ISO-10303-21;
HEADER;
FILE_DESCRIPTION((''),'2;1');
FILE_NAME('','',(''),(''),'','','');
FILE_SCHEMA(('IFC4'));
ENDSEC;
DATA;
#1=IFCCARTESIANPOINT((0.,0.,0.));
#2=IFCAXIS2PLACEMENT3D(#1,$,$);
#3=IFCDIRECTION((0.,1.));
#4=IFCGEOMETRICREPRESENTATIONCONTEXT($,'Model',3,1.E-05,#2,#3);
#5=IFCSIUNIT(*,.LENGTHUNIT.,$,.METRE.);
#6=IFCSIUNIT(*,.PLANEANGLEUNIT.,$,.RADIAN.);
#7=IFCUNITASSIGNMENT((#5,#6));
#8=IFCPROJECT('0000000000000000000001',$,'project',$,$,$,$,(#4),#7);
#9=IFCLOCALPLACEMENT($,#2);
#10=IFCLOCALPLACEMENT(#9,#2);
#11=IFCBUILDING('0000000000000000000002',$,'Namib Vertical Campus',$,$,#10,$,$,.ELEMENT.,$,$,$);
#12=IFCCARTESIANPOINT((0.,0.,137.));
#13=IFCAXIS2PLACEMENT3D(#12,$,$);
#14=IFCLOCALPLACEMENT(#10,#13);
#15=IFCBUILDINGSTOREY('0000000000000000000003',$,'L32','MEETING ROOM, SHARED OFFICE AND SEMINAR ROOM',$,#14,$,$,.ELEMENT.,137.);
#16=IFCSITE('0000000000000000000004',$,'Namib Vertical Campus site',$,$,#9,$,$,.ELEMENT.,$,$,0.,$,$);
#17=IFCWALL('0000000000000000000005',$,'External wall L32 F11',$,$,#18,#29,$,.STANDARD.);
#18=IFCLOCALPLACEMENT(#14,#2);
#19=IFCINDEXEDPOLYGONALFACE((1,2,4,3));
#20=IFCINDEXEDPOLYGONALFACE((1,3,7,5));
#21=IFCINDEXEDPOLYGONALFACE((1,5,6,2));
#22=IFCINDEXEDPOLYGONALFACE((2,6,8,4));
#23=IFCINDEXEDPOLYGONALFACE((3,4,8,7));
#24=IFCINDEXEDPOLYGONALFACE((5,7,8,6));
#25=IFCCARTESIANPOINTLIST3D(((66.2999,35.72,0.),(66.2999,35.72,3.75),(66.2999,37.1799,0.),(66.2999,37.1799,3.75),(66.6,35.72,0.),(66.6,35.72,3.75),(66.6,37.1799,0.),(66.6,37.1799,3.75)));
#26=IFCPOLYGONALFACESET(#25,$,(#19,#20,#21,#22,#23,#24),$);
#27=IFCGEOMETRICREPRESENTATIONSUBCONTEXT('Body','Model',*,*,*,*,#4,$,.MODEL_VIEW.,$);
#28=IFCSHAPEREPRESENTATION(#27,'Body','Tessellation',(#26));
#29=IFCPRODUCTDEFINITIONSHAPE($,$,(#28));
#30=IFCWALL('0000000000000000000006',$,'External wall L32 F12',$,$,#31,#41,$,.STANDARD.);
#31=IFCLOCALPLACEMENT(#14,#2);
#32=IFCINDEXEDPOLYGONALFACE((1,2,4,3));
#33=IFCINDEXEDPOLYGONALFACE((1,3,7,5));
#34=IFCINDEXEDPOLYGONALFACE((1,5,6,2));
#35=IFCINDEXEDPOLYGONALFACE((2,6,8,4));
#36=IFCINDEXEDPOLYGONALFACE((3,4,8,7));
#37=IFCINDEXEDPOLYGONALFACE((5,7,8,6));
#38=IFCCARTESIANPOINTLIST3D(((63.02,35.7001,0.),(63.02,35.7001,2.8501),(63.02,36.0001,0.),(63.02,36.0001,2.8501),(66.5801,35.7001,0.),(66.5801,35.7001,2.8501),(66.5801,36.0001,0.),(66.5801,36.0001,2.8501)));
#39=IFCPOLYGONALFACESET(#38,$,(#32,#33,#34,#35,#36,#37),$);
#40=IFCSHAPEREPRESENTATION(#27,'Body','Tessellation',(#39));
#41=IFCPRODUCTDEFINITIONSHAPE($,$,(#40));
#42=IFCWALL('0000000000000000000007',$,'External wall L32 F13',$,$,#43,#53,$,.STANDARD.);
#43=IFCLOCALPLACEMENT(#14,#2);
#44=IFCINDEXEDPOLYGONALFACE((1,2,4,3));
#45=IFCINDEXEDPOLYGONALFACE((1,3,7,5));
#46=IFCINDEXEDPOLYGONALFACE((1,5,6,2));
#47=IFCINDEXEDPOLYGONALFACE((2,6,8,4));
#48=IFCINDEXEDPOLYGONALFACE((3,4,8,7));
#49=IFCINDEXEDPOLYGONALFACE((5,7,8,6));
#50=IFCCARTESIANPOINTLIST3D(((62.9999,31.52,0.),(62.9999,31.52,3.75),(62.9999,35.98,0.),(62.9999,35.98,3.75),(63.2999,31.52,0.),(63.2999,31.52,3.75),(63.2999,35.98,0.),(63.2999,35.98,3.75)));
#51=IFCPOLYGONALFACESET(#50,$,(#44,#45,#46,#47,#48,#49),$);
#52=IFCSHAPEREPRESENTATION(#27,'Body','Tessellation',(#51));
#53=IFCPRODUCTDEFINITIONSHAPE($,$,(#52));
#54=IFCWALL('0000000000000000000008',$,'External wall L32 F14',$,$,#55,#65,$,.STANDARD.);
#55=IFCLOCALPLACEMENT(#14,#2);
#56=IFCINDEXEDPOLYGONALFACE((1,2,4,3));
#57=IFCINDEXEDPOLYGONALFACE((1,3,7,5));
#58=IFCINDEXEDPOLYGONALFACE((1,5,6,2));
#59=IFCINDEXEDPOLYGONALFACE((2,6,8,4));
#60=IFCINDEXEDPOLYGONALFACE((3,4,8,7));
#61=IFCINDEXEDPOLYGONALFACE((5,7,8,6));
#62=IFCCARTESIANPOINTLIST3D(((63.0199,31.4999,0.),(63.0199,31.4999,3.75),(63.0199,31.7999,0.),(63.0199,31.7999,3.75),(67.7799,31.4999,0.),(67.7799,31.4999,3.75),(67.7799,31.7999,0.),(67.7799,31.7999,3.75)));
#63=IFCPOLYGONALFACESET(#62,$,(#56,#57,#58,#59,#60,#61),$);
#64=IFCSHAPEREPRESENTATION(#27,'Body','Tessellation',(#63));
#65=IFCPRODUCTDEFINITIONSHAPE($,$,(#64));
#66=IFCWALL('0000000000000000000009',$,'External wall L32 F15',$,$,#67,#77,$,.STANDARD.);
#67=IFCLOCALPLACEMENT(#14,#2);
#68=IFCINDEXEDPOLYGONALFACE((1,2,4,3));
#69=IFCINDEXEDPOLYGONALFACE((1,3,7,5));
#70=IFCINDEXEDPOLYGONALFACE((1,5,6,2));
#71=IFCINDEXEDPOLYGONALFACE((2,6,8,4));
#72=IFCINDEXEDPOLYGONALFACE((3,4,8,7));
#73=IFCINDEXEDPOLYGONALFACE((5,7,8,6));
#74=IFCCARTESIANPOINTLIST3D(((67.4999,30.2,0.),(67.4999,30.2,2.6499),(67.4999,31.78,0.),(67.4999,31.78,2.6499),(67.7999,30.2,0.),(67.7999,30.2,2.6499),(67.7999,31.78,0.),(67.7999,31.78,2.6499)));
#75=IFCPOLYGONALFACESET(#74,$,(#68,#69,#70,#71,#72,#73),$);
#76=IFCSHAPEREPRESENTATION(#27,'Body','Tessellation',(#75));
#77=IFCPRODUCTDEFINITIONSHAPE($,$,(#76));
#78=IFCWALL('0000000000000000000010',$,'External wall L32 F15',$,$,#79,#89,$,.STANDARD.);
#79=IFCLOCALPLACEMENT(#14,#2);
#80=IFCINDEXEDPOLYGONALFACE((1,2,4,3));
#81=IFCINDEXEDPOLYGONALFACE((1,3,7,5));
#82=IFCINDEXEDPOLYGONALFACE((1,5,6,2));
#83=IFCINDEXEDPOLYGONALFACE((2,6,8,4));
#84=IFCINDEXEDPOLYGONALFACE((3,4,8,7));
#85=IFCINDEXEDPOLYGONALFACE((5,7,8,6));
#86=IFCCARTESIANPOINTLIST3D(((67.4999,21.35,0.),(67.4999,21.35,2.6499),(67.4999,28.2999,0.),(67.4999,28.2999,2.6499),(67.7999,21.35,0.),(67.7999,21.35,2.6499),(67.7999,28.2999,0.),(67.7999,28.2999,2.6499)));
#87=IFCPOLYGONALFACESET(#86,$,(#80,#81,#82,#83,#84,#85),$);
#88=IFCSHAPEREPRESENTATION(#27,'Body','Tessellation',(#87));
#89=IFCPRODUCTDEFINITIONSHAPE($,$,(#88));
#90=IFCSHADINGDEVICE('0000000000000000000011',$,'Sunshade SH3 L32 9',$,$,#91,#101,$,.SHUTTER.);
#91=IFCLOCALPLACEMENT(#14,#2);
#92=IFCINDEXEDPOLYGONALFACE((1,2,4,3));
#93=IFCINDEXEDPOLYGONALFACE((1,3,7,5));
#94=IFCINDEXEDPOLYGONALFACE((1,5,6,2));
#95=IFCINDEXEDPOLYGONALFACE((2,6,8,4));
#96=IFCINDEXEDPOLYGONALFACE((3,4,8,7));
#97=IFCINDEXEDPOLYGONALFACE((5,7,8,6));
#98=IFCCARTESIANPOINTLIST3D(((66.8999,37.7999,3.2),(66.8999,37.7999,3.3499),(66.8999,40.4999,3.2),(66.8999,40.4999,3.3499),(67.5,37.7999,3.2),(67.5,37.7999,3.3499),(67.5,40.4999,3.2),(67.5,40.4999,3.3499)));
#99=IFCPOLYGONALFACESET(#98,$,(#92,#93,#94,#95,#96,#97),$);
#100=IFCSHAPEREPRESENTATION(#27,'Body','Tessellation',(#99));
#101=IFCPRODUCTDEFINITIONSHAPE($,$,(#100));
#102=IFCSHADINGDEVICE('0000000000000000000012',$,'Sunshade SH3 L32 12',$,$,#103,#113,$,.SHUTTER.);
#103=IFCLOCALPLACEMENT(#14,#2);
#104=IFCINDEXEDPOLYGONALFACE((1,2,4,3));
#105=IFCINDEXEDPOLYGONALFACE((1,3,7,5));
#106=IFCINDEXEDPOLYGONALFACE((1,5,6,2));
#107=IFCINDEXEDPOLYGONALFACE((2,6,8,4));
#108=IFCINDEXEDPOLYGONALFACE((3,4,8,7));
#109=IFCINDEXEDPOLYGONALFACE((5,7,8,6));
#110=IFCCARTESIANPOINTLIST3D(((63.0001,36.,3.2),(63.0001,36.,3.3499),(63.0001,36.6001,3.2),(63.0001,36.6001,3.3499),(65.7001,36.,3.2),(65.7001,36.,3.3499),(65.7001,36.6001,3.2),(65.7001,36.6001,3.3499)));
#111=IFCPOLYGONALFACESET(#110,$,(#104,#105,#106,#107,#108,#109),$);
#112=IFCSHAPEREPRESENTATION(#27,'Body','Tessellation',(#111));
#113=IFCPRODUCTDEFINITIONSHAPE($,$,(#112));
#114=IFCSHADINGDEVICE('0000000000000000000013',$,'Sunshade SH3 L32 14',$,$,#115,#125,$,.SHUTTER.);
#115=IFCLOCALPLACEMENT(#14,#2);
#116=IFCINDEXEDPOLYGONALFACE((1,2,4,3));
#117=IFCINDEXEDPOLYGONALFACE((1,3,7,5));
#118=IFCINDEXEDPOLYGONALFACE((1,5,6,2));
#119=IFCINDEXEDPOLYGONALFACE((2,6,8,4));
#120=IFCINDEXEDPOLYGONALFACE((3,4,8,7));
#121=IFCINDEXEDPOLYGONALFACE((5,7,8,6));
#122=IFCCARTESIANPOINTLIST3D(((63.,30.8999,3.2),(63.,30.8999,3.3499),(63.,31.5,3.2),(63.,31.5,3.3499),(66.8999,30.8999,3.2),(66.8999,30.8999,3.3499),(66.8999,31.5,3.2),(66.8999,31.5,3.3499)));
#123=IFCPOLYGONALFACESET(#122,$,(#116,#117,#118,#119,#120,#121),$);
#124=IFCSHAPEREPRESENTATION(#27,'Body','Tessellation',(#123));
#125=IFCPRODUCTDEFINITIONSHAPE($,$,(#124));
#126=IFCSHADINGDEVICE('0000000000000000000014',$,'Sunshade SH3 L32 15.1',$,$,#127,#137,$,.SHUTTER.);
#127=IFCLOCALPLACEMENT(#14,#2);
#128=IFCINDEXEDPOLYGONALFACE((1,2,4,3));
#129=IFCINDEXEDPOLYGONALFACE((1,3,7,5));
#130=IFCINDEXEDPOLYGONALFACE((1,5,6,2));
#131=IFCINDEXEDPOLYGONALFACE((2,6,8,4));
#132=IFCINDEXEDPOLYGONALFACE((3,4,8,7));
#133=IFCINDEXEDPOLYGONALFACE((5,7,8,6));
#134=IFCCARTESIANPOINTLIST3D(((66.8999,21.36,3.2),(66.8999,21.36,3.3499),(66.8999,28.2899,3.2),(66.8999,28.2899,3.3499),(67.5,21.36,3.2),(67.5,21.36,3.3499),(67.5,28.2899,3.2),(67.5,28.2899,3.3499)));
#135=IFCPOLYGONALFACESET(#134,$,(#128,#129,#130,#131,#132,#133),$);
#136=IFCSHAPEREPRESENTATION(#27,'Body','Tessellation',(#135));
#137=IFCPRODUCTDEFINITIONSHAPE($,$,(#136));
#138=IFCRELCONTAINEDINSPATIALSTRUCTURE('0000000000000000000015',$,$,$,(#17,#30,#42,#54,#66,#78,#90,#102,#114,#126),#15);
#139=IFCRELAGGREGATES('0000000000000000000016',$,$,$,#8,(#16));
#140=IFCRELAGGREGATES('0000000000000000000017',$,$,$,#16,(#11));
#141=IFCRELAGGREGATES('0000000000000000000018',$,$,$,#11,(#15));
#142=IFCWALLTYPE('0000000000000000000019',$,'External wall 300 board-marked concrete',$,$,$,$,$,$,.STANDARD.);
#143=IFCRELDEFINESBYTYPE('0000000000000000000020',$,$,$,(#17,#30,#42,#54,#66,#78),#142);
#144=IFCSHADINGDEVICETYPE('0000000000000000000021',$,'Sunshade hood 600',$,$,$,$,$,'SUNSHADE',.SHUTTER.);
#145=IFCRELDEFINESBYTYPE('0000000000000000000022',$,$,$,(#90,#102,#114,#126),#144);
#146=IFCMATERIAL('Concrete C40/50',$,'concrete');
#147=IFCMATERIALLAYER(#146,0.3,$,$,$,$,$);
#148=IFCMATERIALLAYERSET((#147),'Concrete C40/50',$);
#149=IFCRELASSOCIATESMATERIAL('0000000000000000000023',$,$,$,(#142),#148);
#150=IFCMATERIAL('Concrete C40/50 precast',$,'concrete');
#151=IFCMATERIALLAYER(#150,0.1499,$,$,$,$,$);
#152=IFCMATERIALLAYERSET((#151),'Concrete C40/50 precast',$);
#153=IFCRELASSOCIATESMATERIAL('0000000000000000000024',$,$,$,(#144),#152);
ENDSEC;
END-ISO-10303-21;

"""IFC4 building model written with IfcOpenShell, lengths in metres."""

from ifc_helpers import new_model, si_unit, direction, frame, frame_2d, origin, origin_2d, place, context, subcontext, project, spatial, rectangle, extrude, material, layer, layer_set, type_object, element, save


model = new_model("IFC4")

# Units and contexts
model_context = context("Model", 3, precision=1e-05, world=origin(), true_north=direction((0.0, 1.0)))
body_context = subcontext(model_context, "Body", "Model", "MODEL_VIEW")
ifc_project = project(units=[si_unit("LENGTHUNIT", "METRE"), si_unit("PLANEANGLEUNIT", "RADIAN")], contexts=[model_context])

# Site, building, storey
site_placement = place(None, origin())
site = spatial("IfcSite", under=ifc_project, at=site_placement, Name="Namib Vertical Campus site", CompositionType="ELEMENT", RefElevation=0.0)
building_placement = place(site_placement, origin())
building = spatial("IfcBuilding", under=site, at=building_placement, Name="Namib Vertical Campus", CompositionType="ELEMENT")
storey_placement = place(building_placement, frame((0.0, 0.0, 137.0)))
storey = spatial("IfcBuildingStorey", under=building, at=storey_placement, Name="L32", Description="MEETING ROOM, SHARED OFFICE AND SEMINAR ROOM", CompositionType="ELEMENT", Elevation=137.0)

# Walls
ifc_material_1 = material(Name="Concrete C40/50", Category="concrete")
ifc_layer_1 = layer(ifc_material_1, 0.3)
ifc_layer_set_1 = layer_set([ifc_layer_1], Name="Concrete C40/50")
wall_type_1 = type_object("IfcWallType", Name="External wall 300 board-marked concrete", PredefinedType="STANDARD", material=ifc_layer_set_1)
wall_1_placement = place(storey_placement, frame((66.45, 37.1799, 0.0), z_axis=(0.0, 0.0, 1.0), x_axis=(0.0, -1.0, 0.0)))
element("IfcWall", 1, at=wall_1_placement, inside=storey, type_object=wall_type_1, Name="External wall L32 F11", PredefinedType="STANDARD", context=body_context, shape_type="SweptSolid", body=[
    extrude(rectangle(XDim=1.46, YDim=0.3, at=frame_2d((0.73, 0.0))), origin(), (0.0, 0.0, 1.0), 3.75),
])
wall_2_placement = place(storey_placement, frame((66.5801, 35.8501, 0.0), z_axis=(0.0, 0.0, 1.0), x_axis=(-1.0, 0.0, 0.0)))
element("IfcWall", 2, at=wall_2_placement, inside=storey, type_object=wall_type_1, Name="External wall L32 F12", PredefinedType="STANDARD", context=body_context, shape_type="SweptSolid", body=[
    extrude(rectangle(XDim=3.5601, YDim=0.3, at=frame_2d((1.78, 0.0))), origin(), (0.0, 0.0, 1.0), 2.8501),
])
wall_3_placement = place(storey_placement, frame((63.1499, 35.98, 0.0), z_axis=(0.0, 0.0, 1.0), x_axis=(0.0, -1.0, 0.0)))
element("IfcWall", 3, at=wall_3_placement, inside=storey, type_object=wall_type_1, Name="External wall L32 F13", PredefinedType="STANDARD", context=body_context, shape_type="SweptSolid", body=[
    extrude(rectangle(XDim=4.46, YDim=0.3, at=frame_2d((2.23, 0.0))), origin(), (0.0, 0.0, 1.0), 3.75),
])
wall_4_placement = place(storey_placement, frame((63.02, 31.6499, 0.0), z_axis=(0.0, 0.0, 1.0), x_axis=(1.0, 0.0, 0.0)))
element("IfcWall", 4, at=wall_4_placement, inside=storey, type_object=wall_type_1, Name="External wall L32 F14", PredefinedType="STANDARD", context=body_context, shape_type="SweptSolid", body=[
    extrude(rectangle(XDim=4.76, YDim=0.3, at=frame_2d((2.3799, 0.0))), origin(), (0.0, 0.0, 1.0), 3.75),
])
wall_5_placement = place(storey_placement, frame((67.6499, 31.78, 0.0), z_axis=(0.0, 0.0, 1.0), x_axis=(0.0, -1.0, 0.0)))
element("IfcWall", 5, at=wall_5_placement, inside=storey, type_object=wall_type_1, Name="External wall L32 F15", PredefinedType="STANDARD", context=body_context, shape_type="SweptSolid", body=[
    extrude(rectangle(XDim=1.5801, YDim=0.3, at=frame_2d((0.79, 0.0))), origin(), (0.0, 0.0, 1.0), 2.6499),
])
wall_6_placement = place(storey_placement, frame((67.6499, 28.3, 0.0), z_axis=(0.0, 0.0, 1.0), x_axis=(0.0, -1.0, 0.0)))
element("IfcWall", 6, at=wall_6_placement, inside=storey, type_object=wall_type_1, Name="External wall L32 F15", PredefinedType="STANDARD", context=body_context, shape_type="SweptSolid", body=[
    extrude(rectangle(XDim=6.95, YDim=0.3, at=frame_2d((3.4751, 0.0))), origin(), (0.0, 0.0, 1.0), 2.6499),
])

# Shading devices
ifc_material_2 = material(Name="Concrete C40/50 precast", Category="concrete")
ifc_layer_2 = layer(ifc_material_2, 0.1499)
ifc_layer_set_2 = layer_set([ifc_layer_2], Name="Concrete C40/50 precast")
shading_device_type = type_object("IfcShadingDeviceType", Name="Sunshade hood 600", ElementType="SUNSHADE", PredefinedType="SHUTTER", material=ifc_layer_set_2)
for number, where, z_axis, x_axis, name in (
    (7, (67.2, 39.1499, 3.2), (0.0, 0.0, 1.0), (0.0, -1.0, 0.0), "Sunshade SH3 L32 9"),
    (8, (64.3501, 36.3, 3.2), (0.0, 0.0, 1.0), (-1.0, 0.0, 0.0), "Sunshade SH3 L32 12"),
):
    element("IfcShadingDevice", number, at=place(storey_placement, frame(where, z_axis=z_axis, x_axis=x_axis)), inside=storey, type_object=shading_device_type, Name=name, PredefinedType="SHUTTER", context=body_context, shape_type="SweptSolid", body=[
        extrude(rectangle(XDim=2.7, YDim=0.6001, at=origin_2d()), origin(), (0.0, 0.0, 1.0), 0.1499),
    ])
shading_device_1_placement = place(storey_placement, frame((64.95, 31.2, 3.2), z_axis=(0.0, 0.0, 1.0), x_axis=(1.0, 0.0, 0.0)))
element("IfcShadingDevice", 9, at=shading_device_1_placement, inside=storey, type_object=shading_device_type, Name="Sunshade SH3 L32 14", PredefinedType="SHUTTER", context=body_context, shape_type="SweptSolid", body=[
    extrude(rectangle(XDim=3.8999, YDim=0.6001, at=origin_2d()), origin(), (0.0, 0.0, 1.0), 0.1499),
])
shading_device_2_placement = place(storey_placement, frame((67.2, 24.825, 3.2), z_axis=(0.0, 0.0, 1.0), x_axis=(0.0, -1.0, 0.0)))
element("IfcShadingDevice", 10, at=shading_device_2_placement, inside=storey, type_object=shading_device_type, Name="Sunshade SH3 L32 15.1", PredefinedType="SHUTTER", context=body_context, shape_type="SweptSolid", body=[
    extrude(rectangle(XDim=6.9299, YDim=0.6001, at=origin_2d()), origin(), (0.0, 0.0, 1.0), 0.1499),
])

save(model, "model.ifc")
